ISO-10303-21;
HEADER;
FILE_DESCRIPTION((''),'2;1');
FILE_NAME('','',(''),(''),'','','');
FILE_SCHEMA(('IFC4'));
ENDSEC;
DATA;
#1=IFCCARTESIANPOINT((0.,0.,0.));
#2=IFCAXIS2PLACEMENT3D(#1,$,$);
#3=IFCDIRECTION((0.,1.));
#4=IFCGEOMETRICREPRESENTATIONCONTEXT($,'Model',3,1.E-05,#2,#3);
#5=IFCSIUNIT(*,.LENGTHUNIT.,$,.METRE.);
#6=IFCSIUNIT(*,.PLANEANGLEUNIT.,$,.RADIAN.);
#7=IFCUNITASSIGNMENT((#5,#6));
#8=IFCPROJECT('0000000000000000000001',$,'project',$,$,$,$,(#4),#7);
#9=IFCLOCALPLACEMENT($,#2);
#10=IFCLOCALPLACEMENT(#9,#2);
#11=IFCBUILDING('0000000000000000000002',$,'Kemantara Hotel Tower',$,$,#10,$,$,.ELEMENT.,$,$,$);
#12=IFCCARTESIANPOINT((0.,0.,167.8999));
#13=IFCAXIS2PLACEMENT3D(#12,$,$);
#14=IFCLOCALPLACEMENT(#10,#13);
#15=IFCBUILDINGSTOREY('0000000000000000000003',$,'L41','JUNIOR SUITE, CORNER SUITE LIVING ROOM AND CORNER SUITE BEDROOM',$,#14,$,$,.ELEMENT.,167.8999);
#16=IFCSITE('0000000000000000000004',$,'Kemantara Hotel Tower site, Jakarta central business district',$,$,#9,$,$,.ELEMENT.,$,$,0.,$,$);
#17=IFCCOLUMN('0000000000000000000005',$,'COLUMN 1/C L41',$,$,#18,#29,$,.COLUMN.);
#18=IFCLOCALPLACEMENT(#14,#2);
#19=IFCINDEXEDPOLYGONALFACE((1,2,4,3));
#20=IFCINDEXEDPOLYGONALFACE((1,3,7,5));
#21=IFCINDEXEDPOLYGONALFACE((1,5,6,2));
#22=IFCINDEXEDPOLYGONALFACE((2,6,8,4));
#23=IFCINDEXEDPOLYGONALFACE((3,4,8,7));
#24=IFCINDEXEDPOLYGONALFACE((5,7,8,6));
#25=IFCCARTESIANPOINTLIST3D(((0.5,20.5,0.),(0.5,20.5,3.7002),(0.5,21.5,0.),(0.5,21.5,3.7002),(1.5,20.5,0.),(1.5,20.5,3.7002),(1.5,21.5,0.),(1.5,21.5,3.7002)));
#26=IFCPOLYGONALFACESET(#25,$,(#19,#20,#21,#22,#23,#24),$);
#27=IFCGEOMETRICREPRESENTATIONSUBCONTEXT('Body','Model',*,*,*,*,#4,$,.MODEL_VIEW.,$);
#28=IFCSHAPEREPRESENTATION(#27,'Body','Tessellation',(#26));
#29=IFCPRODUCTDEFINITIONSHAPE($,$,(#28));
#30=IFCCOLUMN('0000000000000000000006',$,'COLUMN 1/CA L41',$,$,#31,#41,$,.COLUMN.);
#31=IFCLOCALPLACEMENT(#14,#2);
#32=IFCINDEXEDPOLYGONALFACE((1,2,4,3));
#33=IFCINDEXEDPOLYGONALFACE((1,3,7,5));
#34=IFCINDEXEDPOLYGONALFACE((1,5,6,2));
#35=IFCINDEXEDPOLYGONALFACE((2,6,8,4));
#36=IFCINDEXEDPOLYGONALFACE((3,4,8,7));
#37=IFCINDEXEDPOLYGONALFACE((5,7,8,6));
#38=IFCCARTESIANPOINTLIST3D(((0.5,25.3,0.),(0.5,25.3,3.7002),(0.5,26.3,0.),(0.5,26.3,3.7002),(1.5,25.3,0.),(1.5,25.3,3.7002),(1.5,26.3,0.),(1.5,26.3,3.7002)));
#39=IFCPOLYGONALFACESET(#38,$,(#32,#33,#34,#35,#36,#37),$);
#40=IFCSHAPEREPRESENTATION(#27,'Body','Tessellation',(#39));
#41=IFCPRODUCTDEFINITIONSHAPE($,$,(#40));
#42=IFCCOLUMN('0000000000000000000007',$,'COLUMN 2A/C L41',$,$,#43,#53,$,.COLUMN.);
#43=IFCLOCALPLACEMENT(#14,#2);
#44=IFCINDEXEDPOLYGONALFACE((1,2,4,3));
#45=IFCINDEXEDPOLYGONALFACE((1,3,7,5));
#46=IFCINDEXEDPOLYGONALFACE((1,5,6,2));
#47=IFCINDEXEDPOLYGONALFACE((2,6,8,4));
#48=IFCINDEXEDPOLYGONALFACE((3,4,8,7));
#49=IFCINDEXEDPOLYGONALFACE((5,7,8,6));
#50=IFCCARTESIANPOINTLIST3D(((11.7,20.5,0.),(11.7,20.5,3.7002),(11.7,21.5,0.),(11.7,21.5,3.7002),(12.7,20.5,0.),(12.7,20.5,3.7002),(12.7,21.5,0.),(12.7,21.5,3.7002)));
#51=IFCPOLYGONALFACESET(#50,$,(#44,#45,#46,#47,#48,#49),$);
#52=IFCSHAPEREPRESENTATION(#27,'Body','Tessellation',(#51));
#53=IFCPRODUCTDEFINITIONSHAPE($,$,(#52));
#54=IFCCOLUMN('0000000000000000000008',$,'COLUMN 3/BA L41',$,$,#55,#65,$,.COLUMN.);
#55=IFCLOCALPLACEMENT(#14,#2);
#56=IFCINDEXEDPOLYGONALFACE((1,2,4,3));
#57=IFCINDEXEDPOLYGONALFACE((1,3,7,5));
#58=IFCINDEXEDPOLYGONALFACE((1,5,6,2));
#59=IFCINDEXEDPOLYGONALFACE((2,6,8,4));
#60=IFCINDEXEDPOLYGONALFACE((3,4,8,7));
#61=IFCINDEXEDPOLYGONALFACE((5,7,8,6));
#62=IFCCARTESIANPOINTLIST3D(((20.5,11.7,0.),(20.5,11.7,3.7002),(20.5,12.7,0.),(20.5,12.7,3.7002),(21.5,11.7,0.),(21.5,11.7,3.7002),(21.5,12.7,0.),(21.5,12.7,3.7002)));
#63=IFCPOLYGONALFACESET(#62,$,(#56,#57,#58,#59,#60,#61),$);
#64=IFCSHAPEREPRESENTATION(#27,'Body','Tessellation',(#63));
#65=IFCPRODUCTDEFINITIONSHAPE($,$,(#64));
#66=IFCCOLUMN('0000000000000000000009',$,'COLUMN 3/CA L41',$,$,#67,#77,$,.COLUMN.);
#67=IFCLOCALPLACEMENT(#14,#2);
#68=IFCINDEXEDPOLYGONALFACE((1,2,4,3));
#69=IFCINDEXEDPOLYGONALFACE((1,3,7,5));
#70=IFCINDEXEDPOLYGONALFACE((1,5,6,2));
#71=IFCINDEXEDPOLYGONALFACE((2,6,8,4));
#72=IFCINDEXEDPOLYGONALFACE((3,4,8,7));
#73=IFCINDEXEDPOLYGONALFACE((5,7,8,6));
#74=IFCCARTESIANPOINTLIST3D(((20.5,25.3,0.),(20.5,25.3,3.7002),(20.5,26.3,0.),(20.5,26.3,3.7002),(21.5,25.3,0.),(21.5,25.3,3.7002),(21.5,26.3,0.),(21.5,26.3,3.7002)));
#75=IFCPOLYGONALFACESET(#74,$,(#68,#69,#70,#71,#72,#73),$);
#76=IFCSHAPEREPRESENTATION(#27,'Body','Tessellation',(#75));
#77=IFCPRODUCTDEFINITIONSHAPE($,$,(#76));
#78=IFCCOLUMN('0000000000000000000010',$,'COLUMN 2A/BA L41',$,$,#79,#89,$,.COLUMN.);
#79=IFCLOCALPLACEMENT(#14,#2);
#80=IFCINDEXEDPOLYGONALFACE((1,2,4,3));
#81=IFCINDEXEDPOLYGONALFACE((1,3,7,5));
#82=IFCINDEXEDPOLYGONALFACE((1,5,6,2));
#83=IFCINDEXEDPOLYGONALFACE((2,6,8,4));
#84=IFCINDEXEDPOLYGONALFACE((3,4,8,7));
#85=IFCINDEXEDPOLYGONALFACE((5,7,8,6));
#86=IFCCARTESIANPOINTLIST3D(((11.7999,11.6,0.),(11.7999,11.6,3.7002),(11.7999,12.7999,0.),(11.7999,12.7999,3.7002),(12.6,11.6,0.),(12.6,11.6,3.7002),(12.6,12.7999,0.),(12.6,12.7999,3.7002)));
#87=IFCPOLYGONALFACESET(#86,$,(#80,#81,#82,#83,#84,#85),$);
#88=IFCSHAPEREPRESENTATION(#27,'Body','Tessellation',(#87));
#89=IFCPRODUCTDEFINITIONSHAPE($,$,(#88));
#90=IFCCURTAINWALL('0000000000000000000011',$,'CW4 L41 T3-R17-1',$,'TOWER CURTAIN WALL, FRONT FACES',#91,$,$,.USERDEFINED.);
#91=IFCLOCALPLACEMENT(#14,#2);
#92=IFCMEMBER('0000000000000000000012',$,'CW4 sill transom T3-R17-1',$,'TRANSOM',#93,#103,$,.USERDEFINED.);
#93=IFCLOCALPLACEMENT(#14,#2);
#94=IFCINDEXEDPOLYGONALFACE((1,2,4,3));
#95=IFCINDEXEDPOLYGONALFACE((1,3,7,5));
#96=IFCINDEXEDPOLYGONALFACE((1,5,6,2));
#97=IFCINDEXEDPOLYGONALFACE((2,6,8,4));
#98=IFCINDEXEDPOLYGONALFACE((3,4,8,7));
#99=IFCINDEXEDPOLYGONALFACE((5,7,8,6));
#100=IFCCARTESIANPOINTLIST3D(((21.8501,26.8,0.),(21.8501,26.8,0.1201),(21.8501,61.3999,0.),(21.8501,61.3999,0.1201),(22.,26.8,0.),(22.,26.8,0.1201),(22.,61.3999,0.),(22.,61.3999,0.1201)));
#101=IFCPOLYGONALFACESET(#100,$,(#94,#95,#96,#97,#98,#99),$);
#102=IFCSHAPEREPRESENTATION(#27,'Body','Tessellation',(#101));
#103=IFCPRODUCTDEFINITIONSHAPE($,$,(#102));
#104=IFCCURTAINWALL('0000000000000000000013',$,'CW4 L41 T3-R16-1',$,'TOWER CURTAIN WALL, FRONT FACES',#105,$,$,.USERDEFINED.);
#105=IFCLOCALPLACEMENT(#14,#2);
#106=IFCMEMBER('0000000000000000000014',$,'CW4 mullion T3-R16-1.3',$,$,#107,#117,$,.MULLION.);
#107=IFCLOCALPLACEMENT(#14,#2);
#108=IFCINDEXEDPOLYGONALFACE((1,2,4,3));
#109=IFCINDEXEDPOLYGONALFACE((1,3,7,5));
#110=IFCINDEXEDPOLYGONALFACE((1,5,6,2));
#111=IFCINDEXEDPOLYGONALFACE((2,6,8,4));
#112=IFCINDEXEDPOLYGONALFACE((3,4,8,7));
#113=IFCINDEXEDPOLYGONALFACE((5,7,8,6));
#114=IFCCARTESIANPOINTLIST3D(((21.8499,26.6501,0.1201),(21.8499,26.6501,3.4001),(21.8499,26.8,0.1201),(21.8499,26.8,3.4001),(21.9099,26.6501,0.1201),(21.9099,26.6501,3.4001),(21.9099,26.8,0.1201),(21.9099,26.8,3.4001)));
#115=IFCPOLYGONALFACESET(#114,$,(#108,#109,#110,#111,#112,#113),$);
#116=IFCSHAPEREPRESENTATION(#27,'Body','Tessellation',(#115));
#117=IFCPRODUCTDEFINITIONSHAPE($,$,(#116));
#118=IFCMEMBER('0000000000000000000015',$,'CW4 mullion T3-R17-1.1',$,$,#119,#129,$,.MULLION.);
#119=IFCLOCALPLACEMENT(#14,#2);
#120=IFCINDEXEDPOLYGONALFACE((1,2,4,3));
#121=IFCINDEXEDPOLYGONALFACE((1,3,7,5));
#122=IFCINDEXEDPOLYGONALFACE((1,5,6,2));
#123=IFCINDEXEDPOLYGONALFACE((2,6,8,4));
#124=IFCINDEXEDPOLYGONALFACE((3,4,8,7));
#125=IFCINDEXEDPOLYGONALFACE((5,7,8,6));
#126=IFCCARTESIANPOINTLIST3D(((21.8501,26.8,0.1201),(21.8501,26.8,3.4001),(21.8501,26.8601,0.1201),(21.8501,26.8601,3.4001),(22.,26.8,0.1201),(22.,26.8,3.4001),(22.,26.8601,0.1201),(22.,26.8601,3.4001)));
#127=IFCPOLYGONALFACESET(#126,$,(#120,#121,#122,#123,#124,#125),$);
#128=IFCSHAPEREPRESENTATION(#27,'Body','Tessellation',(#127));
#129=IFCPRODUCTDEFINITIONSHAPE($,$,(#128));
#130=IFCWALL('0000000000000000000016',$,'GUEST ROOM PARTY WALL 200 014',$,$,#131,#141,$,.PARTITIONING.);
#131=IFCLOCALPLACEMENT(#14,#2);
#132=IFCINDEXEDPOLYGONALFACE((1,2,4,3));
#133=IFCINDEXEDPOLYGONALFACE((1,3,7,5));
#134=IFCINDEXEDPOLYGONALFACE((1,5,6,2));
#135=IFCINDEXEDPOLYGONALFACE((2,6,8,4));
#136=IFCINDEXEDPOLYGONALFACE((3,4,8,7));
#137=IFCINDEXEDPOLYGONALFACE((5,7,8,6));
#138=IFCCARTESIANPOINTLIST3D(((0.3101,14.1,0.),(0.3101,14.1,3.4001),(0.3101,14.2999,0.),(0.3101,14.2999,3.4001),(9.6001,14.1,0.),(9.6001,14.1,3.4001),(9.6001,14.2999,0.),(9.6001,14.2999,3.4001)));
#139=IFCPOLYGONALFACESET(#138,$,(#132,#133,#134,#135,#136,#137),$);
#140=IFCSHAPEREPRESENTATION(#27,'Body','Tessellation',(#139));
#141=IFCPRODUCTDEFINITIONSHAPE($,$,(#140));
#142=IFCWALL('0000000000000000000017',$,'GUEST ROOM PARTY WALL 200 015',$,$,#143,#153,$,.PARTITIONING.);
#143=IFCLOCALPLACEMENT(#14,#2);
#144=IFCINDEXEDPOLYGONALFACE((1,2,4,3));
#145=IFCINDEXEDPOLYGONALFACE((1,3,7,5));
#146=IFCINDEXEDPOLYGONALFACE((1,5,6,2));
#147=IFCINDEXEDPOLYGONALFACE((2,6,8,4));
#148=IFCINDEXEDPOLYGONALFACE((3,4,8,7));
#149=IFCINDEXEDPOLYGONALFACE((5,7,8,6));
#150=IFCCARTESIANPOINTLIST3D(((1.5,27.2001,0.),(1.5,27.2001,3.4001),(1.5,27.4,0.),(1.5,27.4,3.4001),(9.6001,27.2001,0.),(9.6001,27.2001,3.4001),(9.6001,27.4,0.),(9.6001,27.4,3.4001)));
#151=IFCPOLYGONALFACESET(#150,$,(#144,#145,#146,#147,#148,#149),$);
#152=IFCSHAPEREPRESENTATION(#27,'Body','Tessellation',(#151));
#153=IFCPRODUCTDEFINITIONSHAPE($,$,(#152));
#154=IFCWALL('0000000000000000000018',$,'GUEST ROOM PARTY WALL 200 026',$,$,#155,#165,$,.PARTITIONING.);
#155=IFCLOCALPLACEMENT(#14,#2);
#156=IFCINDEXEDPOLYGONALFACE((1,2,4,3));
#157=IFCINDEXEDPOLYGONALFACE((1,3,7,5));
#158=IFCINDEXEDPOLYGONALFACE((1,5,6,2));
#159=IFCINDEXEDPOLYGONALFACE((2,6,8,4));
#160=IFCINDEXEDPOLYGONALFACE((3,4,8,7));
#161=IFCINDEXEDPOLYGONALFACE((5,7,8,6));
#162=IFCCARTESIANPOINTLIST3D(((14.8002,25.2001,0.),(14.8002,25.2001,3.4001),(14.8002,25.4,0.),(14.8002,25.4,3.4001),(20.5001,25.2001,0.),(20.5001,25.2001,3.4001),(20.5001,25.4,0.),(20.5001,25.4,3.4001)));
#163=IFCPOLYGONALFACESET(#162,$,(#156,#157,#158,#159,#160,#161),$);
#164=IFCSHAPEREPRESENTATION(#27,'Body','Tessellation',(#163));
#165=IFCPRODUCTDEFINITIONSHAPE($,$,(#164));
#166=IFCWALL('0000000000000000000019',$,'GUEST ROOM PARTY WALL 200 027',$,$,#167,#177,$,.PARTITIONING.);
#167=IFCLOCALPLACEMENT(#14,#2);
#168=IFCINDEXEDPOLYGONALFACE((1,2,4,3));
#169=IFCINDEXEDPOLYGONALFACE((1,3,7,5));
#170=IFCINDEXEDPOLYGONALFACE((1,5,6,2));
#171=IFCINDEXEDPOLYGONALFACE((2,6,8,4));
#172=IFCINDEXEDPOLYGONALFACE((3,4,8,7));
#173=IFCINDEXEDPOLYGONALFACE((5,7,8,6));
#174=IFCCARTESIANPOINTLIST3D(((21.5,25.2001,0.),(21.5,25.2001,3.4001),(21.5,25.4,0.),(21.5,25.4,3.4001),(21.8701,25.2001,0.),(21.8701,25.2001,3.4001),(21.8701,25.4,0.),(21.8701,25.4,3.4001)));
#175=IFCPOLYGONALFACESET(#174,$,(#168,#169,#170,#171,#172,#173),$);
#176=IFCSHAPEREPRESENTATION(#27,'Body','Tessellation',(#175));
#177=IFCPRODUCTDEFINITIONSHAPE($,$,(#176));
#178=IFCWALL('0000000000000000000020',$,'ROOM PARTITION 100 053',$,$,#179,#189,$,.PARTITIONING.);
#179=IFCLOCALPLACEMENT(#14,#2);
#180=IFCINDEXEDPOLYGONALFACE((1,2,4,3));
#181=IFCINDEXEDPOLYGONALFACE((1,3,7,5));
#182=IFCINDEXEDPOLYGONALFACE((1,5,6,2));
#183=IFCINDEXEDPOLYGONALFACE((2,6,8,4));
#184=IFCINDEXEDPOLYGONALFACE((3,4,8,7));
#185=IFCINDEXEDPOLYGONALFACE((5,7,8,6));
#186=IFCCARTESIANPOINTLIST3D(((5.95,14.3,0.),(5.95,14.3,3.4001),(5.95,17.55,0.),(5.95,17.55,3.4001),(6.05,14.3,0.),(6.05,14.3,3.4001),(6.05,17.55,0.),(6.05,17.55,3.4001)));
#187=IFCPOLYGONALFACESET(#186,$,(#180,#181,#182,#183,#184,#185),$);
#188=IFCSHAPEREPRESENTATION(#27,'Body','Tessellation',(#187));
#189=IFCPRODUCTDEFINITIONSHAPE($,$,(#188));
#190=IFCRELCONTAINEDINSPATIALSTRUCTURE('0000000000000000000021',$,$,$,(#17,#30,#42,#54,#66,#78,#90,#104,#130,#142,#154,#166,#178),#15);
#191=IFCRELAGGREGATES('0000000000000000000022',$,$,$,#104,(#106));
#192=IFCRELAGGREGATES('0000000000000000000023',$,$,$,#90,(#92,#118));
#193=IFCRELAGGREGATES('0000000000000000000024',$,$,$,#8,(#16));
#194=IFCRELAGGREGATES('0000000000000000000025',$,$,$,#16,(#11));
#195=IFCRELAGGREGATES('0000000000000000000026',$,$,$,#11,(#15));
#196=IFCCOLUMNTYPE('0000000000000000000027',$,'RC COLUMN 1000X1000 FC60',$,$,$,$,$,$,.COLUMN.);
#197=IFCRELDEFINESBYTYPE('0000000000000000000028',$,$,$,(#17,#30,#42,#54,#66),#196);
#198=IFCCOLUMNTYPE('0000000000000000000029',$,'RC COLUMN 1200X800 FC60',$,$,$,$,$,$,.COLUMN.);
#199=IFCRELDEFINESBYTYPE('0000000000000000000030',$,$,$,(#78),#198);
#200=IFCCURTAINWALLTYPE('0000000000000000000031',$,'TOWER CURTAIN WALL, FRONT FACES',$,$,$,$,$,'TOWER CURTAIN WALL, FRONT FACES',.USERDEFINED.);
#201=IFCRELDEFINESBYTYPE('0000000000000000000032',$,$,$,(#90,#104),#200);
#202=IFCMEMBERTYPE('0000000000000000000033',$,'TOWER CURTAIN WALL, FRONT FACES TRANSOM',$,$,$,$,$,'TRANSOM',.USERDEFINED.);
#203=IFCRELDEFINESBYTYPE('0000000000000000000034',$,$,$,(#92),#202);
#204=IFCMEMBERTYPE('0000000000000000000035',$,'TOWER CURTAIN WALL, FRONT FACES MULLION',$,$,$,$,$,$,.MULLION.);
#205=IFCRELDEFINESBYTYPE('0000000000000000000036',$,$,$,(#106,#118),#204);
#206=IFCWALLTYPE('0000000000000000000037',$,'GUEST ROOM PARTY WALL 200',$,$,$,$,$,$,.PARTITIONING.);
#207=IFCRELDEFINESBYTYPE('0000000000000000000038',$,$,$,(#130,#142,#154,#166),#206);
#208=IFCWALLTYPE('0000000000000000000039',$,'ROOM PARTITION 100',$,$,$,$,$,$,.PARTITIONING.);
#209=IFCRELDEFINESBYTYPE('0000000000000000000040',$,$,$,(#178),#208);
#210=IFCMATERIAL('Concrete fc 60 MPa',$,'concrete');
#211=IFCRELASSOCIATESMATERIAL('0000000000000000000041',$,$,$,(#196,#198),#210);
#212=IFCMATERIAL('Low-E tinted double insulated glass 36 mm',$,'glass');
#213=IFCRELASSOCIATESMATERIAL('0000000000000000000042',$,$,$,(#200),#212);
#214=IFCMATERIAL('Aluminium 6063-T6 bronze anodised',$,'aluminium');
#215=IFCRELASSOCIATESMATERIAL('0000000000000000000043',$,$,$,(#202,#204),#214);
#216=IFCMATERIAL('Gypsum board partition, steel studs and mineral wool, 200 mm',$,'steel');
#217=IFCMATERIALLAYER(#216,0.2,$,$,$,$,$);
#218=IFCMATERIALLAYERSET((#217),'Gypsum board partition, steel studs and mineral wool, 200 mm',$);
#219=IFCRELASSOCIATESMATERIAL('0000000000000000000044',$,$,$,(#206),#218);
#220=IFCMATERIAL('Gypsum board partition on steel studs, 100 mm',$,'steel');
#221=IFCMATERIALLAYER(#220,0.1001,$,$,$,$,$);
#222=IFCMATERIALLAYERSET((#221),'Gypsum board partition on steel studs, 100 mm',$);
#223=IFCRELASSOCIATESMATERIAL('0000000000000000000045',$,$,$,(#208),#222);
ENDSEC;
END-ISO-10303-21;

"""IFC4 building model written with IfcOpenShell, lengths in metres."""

from ifc_helpers import new_model, si_unit, direction, frame, frame_2d, origin, origin_2d, place, context, subcontext, project, spatial, rectangle, extrude, source, transform, mapped, material, layer, layer_set, material_profile, profile_set, type_object, element, aggregate, save


model = new_model("IFC4")

# Units and contexts
model_context = context("Model", 3, precision=1e-05, world=origin(), true_north=direction((0.0, 1.0)))
body_context = subcontext(model_context, "Body", "Model", "MODEL_VIEW")
ifc_project = project(units=[si_unit("LENGTHUNIT", "METRE"), si_unit("PLANEANGLEUNIT", "RADIAN")], contexts=[model_context])

# Site, building, storey
site_placement = place(None, origin())
site = spatial("IfcSite", under=ifc_project, at=site_placement, Name="Kemantara Hotel Tower site, Jakarta central business district", CompositionType="ELEMENT", RefElevation=0.0)
building_placement = place(site_placement, origin())
building = spatial("IfcBuilding", under=site, at=building_placement, Name="Kemantara Hotel Tower", CompositionType="ELEMENT")
storey_placement = place(building_placement, frame((0.0, 0.0, 167.8999)))
storey = spatial("IfcBuildingStorey", under=building, at=storey_placement, Name="L41", Description="JUNIOR SUITE, CORNER SUITE LIVING ROOM AND CORNER SUITE BEDROOM", CompositionType="ELEMENT", Elevation=167.8999)

# Columns
ifc_material_1 = material(Name="Concrete fc 60 MPa", Category="concrete")
ifc_material_profile_1 = material_profile(ifc_material_1, rectangle(XDim=1.0, YDim=1.0, at=origin_2d()), Name="RC 1000X1000")
ifc_profile_set_1 = profile_set([ifc_material_profile_1], Name="Concrete fc 60 MPa")
column_type_1 = type_object("IfcColumnType", Name="RC COLUMN 1000X1000 FC60", PredefinedType="COLUMN", material=ifc_profile_set_1)
for number, where, z_axis, x_axis, name in (
    (1, (1.0, 21.0, 0.0), (0.0, 0.0, 1.0), (1.0, 0.0, 0.0), "COLUMN 1/C L41"),
    (2, (1.0, 25.8, 0.0), (0.0, 0.0, 1.0), (1.0, 0.0, 0.0), "COLUMN 1/CA L41"),
    (3, (12.2, 21.0, 0.0), (0.0, 0.0, 1.0), (1.0, 0.0, 0.0), "COLUMN 2A/C L41"),
    (4, (21.0, 12.2, 0.0), (0.0, 0.0, 1.0), (1.0, 0.0, 0.0), "COLUMN 3/BA L41"),
    (5, (21.0, 25.8, 0.0), (0.0, 0.0, 1.0), (1.0, 0.0, 0.0), "COLUMN 3/CA L41"),
):
    element("IfcColumn", number, at=place(storey_placement, frame(where, z_axis=z_axis, x_axis=x_axis)), inside=storey, type_object=column_type_1, Name=name, PredefinedType="COLUMN", context=body_context, shape_type="SweptSolid", body=[
        extrude(rectangle(XDim=1.0, YDim=1.0, at=origin_2d()), origin(), (0.0, 0.0, 1.0), 3.7002),
    ])
ifc_material_profile_2 = material_profile(ifc_material_1, rectangle(XDim=1.2, YDim=0.8, at=origin_2d()), Name="RC 1200X800")
ifc_profile_set_2 = profile_set([ifc_material_profile_2], Name="Concrete fc 60 MPa")
column_type_2 = type_object("IfcColumnType", Name="RC COLUMN 1200X800 FC60", PredefinedType="COLUMN", material=ifc_profile_set_2)
column_placement = place(storey_placement, frame((12.2, 12.2, 0.0), z_axis=(0.0, 0.0, 1.0), x_axis=(0.0, 1.0, 0.0)))
element("IfcColumn", 6, at=column_placement, inside=storey, type_object=column_type_2, Name="COLUMN 2A/BA L41", PredefinedType="COLUMN", context=body_context, shape_type="SweptSolid", body=[
    extrude(rectangle(XDim=1.2, YDim=0.8, at=origin_2d()), origin(), (0.0, 0.0, 1.0), 3.7002),
])

# Curtain walls, members
ifc_material_2 = material(Name="Low-E tinted double insulated glass 36 mm", Category="glass")
curtain_wall_type = type_object("IfcCurtainWallType", Name="TOWER CURTAIN WALL, FRONT FACES", ElementType="TOWER CURTAIN WALL, FRONT FACES", PredefinedType="USERDEFINED", material=ifc_material_2)
curtain_wall_1_placement = place(storey_placement, origin())
curtain_wall_1 = element("IfcCurtainWall", 7, at=curtain_wall_1_placement, inside=storey, type_object=curtain_wall_type, Name="CW4 L41 T3-R17-1", ObjectType="TOWER CURTAIN WALL, FRONT FACES", PredefinedType="USERDEFINED")
ifc_material_3 = material(Name="Aluminium 6063-T6 bronze anodised", Category="aluminium")
ifc_material_profile_3 = material_profile(ifc_material_3, rectangle(XDim=0.1499, YDim=0.1201, at=origin_2d()), Name="TOWER CURTAIN WALL, FRONT FACES TRANSOM")
ifc_profile_set_3 = profile_set([ifc_material_profile_3], Name="Aluminium 6063-T6 bronze anodised")
member_type_1 = type_object("IfcMemberType", Name="TOWER CURTAIN WALL, FRONT FACES TRANSOM", ElementType="TRANSOM", PredefinedType="USERDEFINED", material=ifc_profile_set_3)
member_1_placement = place(storey_placement, frame((21.925, 26.8, 0.0601), z_axis=(0.0, 1.0, 0.0), x_axis=(-1.0, 0.0, 0.0)))
member_1 = element("IfcMember", 8, at=member_1_placement, type_object=member_type_1, Name="CW4 sill transom T3-R17-1", ObjectType="TRANSOM", PredefinedType="USERDEFINED", context=body_context, shape_type="SweptSolid", body=[
    extrude(rectangle(XDim=0.1499, YDim=0.1201, at=origin_2d()), origin(), (0.0, 0.0, 1.0), 34.5999),
])
curtain_wall_2_placement = place(storey_placement, origin())
curtain_wall_2 = element("IfcCurtainWall", 9, at=curtain_wall_2_placement, inside=storey, type_object=curtain_wall_type, Name="CW4 L41 T3-R16-1", ObjectType="TOWER CURTAIN WALL, FRONT FACES", PredefinedType="USERDEFINED")
ifc_material_profile_4 = material_profile(ifc_material_3, rectangle(XDim=0.1499, YDim=0.0601, at=origin_2d()), Name="TOWER CURTAIN WALL, FRONT FACES MULLION")
ifc_profile_set_4 = profile_set([ifc_material_profile_4], Name="Aluminium 6063-T6 bronze anodised")
member_type_2 = type_object("IfcMemberType", Name="TOWER CURTAIN WALL, FRONT FACES MULLION", PredefinedType="MULLION", material=ifc_profile_set_4)
shared_shape_1 = source(origin(), body_context, "Body", "SweptSolid", [
    extrude(rectangle(XDim=0.1499, YDim=0.0601, at=origin_2d()), origin(), (0.0, 0.0, 1.0), 3.28),
])
member_2_placement = place(storey_placement, frame((21.8799, 26.7251, 0.1201), z_axis=(0.0, 0.0, 1.0), x_axis=(0.0, -1.0, 0.0)))
member_2 = element("IfcMember", 10, at=member_2_placement, type_object=member_type_2, Name="CW4 mullion T3-R16-1.3", PredefinedType="MULLION", context=body_context, shape_type="MappedRepresentation", body=[
    mapped(shared_shape_1, transform((0.0, 0.0, 0.0))),
])
aggregate(curtain_wall_2, [member_2])

# Member
member_3_placement = place(storey_placement, frame((21.925, 26.8301, 0.1201), z_axis=(0.0, 0.0, 1.0), x_axis=(-1.0, 0.0, 0.0)))
member_3 = element("IfcMember", 11, at=member_3_placement, type_object=member_type_2, Name="CW4 mullion T3-R17-1.1", PredefinedType="MULLION", context=body_context, shape_type="MappedRepresentation", body=[
    mapped(shared_shape_1, transform((0.0, 0.0, 0.0))),
])
aggregate(curtain_wall_1, [member_1, member_3])

# Walls
ifc_material_4 = material(Name="Gypsum board partition, steel studs and mineral wool, 200 mm", Category="steel")
ifc_layer_1 = layer(ifc_material_4, 0.2)
ifc_layer_set_1 = layer_set([ifc_layer_1], Name="Gypsum board partition, steel studs and mineral wool, 200 mm")
wall_type_1 = type_object("IfcWallType", Name="GUEST ROOM PARTY WALL 200", PredefinedType="PARTITIONING", material=ifc_layer_set_1)
wall_1_placement = place(storey_placement, frame((0.3101, 14.2, 0.0), z_axis=(0.0, 0.0, 1.0), x_axis=(1.0, 0.0, 0.0)))
element("IfcWall", 12, at=wall_1_placement, inside=storey, type_object=wall_type_1, Name="GUEST ROOM PARTY WALL 200 014", PredefinedType="PARTITIONING", context=body_context, shape_type="SweptSolid", body=[
    extrude(rectangle(XDim=9.29, YDim=0.2, at=frame_2d((4.645, 0.0))), origin(), (0.0, 0.0, 1.0), 3.4001),
])
wall_2_placement = place(storey_placement, frame((1.5, 27.3, 0.0), z_axis=(0.0, 0.0, 1.0), x_axis=(1.0, 0.0, 0.0)))
element("IfcWall", 13, at=wall_2_placement, inside=storey, type_object=wall_type_1, Name="GUEST ROOM PARTY WALL 200 015", PredefinedType="PARTITIONING", context=body_context, shape_type="SweptSolid", body=[
    extrude(rectangle(XDim=8.1001, YDim=0.2, at=frame_2d((4.05, 0.0))), origin(), (0.0, 0.0, 1.0), 3.4001),
])
wall_3_placement = place(storey_placement, frame((14.8, 25.3, 0.0), z_axis=(0.0, 0.0, 1.0), x_axis=(1.0, 0.0, 0.0)))
element("IfcWall", 14, at=wall_3_placement, inside=storey, type_object=wall_type_1, Name="GUEST ROOM PARTY WALL 200 026", PredefinedType="PARTITIONING", context=body_context, shape_type="SweptSolid", body=[
    extrude(rectangle(XDim=5.7, YDim=0.2, at=frame_2d((2.8501, 0.0))), origin(), (0.0, 0.0, 1.0), 3.4001),
])
wall_4_placement = place(storey_placement, frame((21.5, 25.3, 0.0), z_axis=(0.0, 0.0, 1.0), x_axis=(1.0, 0.0, 0.0)))
element("IfcWall", 15, at=wall_4_placement, inside=storey, type_object=wall_type_1, Name="GUEST ROOM PARTY WALL 200 027", PredefinedType="PARTITIONING", context=body_context, shape_type="SweptSolid", body=[
    extrude(rectangle(XDim=0.3701, YDim=0.2, at=frame_2d((0.1851, 0.0))), origin(), (0.0, 0.0, 1.0), 3.4001),
])
ifc_material_5 = material(Name="Gypsum board partition on steel studs, 100 mm", Category="steel")
ifc_layer_2 = layer(ifc_material_5, 0.1001)
ifc_layer_set_2 = layer_set([ifc_layer_2], Name="Gypsum board partition on steel studs, 100 mm")
wall_type_2 = type_object("IfcWallType", Name="ROOM PARTITION 100", PredefinedType="PARTITIONING", material=ifc_layer_set_2)
wall_5_placement = place(storey_placement, frame((6.0, 14.3, 0.0), z_axis=(0.0, 0.0, 1.0), x_axis=(0.0, 1.0, 0.0)))
element("IfcWall", 16, at=wall_5_placement, inside=storey, type_object=wall_type_2, Name="ROOM PARTITION 100 053", PredefinedType="PARTITIONING", context=body_context, shape_type="SweptSolid", body=[
    extrude(rectangle(XDim=3.25, YDim=0.1001, at=frame_2d((1.625, 0.0))), origin(), (0.0, 0.0, 1.0), 3.4001),
])

save(model, "model.ifc")
